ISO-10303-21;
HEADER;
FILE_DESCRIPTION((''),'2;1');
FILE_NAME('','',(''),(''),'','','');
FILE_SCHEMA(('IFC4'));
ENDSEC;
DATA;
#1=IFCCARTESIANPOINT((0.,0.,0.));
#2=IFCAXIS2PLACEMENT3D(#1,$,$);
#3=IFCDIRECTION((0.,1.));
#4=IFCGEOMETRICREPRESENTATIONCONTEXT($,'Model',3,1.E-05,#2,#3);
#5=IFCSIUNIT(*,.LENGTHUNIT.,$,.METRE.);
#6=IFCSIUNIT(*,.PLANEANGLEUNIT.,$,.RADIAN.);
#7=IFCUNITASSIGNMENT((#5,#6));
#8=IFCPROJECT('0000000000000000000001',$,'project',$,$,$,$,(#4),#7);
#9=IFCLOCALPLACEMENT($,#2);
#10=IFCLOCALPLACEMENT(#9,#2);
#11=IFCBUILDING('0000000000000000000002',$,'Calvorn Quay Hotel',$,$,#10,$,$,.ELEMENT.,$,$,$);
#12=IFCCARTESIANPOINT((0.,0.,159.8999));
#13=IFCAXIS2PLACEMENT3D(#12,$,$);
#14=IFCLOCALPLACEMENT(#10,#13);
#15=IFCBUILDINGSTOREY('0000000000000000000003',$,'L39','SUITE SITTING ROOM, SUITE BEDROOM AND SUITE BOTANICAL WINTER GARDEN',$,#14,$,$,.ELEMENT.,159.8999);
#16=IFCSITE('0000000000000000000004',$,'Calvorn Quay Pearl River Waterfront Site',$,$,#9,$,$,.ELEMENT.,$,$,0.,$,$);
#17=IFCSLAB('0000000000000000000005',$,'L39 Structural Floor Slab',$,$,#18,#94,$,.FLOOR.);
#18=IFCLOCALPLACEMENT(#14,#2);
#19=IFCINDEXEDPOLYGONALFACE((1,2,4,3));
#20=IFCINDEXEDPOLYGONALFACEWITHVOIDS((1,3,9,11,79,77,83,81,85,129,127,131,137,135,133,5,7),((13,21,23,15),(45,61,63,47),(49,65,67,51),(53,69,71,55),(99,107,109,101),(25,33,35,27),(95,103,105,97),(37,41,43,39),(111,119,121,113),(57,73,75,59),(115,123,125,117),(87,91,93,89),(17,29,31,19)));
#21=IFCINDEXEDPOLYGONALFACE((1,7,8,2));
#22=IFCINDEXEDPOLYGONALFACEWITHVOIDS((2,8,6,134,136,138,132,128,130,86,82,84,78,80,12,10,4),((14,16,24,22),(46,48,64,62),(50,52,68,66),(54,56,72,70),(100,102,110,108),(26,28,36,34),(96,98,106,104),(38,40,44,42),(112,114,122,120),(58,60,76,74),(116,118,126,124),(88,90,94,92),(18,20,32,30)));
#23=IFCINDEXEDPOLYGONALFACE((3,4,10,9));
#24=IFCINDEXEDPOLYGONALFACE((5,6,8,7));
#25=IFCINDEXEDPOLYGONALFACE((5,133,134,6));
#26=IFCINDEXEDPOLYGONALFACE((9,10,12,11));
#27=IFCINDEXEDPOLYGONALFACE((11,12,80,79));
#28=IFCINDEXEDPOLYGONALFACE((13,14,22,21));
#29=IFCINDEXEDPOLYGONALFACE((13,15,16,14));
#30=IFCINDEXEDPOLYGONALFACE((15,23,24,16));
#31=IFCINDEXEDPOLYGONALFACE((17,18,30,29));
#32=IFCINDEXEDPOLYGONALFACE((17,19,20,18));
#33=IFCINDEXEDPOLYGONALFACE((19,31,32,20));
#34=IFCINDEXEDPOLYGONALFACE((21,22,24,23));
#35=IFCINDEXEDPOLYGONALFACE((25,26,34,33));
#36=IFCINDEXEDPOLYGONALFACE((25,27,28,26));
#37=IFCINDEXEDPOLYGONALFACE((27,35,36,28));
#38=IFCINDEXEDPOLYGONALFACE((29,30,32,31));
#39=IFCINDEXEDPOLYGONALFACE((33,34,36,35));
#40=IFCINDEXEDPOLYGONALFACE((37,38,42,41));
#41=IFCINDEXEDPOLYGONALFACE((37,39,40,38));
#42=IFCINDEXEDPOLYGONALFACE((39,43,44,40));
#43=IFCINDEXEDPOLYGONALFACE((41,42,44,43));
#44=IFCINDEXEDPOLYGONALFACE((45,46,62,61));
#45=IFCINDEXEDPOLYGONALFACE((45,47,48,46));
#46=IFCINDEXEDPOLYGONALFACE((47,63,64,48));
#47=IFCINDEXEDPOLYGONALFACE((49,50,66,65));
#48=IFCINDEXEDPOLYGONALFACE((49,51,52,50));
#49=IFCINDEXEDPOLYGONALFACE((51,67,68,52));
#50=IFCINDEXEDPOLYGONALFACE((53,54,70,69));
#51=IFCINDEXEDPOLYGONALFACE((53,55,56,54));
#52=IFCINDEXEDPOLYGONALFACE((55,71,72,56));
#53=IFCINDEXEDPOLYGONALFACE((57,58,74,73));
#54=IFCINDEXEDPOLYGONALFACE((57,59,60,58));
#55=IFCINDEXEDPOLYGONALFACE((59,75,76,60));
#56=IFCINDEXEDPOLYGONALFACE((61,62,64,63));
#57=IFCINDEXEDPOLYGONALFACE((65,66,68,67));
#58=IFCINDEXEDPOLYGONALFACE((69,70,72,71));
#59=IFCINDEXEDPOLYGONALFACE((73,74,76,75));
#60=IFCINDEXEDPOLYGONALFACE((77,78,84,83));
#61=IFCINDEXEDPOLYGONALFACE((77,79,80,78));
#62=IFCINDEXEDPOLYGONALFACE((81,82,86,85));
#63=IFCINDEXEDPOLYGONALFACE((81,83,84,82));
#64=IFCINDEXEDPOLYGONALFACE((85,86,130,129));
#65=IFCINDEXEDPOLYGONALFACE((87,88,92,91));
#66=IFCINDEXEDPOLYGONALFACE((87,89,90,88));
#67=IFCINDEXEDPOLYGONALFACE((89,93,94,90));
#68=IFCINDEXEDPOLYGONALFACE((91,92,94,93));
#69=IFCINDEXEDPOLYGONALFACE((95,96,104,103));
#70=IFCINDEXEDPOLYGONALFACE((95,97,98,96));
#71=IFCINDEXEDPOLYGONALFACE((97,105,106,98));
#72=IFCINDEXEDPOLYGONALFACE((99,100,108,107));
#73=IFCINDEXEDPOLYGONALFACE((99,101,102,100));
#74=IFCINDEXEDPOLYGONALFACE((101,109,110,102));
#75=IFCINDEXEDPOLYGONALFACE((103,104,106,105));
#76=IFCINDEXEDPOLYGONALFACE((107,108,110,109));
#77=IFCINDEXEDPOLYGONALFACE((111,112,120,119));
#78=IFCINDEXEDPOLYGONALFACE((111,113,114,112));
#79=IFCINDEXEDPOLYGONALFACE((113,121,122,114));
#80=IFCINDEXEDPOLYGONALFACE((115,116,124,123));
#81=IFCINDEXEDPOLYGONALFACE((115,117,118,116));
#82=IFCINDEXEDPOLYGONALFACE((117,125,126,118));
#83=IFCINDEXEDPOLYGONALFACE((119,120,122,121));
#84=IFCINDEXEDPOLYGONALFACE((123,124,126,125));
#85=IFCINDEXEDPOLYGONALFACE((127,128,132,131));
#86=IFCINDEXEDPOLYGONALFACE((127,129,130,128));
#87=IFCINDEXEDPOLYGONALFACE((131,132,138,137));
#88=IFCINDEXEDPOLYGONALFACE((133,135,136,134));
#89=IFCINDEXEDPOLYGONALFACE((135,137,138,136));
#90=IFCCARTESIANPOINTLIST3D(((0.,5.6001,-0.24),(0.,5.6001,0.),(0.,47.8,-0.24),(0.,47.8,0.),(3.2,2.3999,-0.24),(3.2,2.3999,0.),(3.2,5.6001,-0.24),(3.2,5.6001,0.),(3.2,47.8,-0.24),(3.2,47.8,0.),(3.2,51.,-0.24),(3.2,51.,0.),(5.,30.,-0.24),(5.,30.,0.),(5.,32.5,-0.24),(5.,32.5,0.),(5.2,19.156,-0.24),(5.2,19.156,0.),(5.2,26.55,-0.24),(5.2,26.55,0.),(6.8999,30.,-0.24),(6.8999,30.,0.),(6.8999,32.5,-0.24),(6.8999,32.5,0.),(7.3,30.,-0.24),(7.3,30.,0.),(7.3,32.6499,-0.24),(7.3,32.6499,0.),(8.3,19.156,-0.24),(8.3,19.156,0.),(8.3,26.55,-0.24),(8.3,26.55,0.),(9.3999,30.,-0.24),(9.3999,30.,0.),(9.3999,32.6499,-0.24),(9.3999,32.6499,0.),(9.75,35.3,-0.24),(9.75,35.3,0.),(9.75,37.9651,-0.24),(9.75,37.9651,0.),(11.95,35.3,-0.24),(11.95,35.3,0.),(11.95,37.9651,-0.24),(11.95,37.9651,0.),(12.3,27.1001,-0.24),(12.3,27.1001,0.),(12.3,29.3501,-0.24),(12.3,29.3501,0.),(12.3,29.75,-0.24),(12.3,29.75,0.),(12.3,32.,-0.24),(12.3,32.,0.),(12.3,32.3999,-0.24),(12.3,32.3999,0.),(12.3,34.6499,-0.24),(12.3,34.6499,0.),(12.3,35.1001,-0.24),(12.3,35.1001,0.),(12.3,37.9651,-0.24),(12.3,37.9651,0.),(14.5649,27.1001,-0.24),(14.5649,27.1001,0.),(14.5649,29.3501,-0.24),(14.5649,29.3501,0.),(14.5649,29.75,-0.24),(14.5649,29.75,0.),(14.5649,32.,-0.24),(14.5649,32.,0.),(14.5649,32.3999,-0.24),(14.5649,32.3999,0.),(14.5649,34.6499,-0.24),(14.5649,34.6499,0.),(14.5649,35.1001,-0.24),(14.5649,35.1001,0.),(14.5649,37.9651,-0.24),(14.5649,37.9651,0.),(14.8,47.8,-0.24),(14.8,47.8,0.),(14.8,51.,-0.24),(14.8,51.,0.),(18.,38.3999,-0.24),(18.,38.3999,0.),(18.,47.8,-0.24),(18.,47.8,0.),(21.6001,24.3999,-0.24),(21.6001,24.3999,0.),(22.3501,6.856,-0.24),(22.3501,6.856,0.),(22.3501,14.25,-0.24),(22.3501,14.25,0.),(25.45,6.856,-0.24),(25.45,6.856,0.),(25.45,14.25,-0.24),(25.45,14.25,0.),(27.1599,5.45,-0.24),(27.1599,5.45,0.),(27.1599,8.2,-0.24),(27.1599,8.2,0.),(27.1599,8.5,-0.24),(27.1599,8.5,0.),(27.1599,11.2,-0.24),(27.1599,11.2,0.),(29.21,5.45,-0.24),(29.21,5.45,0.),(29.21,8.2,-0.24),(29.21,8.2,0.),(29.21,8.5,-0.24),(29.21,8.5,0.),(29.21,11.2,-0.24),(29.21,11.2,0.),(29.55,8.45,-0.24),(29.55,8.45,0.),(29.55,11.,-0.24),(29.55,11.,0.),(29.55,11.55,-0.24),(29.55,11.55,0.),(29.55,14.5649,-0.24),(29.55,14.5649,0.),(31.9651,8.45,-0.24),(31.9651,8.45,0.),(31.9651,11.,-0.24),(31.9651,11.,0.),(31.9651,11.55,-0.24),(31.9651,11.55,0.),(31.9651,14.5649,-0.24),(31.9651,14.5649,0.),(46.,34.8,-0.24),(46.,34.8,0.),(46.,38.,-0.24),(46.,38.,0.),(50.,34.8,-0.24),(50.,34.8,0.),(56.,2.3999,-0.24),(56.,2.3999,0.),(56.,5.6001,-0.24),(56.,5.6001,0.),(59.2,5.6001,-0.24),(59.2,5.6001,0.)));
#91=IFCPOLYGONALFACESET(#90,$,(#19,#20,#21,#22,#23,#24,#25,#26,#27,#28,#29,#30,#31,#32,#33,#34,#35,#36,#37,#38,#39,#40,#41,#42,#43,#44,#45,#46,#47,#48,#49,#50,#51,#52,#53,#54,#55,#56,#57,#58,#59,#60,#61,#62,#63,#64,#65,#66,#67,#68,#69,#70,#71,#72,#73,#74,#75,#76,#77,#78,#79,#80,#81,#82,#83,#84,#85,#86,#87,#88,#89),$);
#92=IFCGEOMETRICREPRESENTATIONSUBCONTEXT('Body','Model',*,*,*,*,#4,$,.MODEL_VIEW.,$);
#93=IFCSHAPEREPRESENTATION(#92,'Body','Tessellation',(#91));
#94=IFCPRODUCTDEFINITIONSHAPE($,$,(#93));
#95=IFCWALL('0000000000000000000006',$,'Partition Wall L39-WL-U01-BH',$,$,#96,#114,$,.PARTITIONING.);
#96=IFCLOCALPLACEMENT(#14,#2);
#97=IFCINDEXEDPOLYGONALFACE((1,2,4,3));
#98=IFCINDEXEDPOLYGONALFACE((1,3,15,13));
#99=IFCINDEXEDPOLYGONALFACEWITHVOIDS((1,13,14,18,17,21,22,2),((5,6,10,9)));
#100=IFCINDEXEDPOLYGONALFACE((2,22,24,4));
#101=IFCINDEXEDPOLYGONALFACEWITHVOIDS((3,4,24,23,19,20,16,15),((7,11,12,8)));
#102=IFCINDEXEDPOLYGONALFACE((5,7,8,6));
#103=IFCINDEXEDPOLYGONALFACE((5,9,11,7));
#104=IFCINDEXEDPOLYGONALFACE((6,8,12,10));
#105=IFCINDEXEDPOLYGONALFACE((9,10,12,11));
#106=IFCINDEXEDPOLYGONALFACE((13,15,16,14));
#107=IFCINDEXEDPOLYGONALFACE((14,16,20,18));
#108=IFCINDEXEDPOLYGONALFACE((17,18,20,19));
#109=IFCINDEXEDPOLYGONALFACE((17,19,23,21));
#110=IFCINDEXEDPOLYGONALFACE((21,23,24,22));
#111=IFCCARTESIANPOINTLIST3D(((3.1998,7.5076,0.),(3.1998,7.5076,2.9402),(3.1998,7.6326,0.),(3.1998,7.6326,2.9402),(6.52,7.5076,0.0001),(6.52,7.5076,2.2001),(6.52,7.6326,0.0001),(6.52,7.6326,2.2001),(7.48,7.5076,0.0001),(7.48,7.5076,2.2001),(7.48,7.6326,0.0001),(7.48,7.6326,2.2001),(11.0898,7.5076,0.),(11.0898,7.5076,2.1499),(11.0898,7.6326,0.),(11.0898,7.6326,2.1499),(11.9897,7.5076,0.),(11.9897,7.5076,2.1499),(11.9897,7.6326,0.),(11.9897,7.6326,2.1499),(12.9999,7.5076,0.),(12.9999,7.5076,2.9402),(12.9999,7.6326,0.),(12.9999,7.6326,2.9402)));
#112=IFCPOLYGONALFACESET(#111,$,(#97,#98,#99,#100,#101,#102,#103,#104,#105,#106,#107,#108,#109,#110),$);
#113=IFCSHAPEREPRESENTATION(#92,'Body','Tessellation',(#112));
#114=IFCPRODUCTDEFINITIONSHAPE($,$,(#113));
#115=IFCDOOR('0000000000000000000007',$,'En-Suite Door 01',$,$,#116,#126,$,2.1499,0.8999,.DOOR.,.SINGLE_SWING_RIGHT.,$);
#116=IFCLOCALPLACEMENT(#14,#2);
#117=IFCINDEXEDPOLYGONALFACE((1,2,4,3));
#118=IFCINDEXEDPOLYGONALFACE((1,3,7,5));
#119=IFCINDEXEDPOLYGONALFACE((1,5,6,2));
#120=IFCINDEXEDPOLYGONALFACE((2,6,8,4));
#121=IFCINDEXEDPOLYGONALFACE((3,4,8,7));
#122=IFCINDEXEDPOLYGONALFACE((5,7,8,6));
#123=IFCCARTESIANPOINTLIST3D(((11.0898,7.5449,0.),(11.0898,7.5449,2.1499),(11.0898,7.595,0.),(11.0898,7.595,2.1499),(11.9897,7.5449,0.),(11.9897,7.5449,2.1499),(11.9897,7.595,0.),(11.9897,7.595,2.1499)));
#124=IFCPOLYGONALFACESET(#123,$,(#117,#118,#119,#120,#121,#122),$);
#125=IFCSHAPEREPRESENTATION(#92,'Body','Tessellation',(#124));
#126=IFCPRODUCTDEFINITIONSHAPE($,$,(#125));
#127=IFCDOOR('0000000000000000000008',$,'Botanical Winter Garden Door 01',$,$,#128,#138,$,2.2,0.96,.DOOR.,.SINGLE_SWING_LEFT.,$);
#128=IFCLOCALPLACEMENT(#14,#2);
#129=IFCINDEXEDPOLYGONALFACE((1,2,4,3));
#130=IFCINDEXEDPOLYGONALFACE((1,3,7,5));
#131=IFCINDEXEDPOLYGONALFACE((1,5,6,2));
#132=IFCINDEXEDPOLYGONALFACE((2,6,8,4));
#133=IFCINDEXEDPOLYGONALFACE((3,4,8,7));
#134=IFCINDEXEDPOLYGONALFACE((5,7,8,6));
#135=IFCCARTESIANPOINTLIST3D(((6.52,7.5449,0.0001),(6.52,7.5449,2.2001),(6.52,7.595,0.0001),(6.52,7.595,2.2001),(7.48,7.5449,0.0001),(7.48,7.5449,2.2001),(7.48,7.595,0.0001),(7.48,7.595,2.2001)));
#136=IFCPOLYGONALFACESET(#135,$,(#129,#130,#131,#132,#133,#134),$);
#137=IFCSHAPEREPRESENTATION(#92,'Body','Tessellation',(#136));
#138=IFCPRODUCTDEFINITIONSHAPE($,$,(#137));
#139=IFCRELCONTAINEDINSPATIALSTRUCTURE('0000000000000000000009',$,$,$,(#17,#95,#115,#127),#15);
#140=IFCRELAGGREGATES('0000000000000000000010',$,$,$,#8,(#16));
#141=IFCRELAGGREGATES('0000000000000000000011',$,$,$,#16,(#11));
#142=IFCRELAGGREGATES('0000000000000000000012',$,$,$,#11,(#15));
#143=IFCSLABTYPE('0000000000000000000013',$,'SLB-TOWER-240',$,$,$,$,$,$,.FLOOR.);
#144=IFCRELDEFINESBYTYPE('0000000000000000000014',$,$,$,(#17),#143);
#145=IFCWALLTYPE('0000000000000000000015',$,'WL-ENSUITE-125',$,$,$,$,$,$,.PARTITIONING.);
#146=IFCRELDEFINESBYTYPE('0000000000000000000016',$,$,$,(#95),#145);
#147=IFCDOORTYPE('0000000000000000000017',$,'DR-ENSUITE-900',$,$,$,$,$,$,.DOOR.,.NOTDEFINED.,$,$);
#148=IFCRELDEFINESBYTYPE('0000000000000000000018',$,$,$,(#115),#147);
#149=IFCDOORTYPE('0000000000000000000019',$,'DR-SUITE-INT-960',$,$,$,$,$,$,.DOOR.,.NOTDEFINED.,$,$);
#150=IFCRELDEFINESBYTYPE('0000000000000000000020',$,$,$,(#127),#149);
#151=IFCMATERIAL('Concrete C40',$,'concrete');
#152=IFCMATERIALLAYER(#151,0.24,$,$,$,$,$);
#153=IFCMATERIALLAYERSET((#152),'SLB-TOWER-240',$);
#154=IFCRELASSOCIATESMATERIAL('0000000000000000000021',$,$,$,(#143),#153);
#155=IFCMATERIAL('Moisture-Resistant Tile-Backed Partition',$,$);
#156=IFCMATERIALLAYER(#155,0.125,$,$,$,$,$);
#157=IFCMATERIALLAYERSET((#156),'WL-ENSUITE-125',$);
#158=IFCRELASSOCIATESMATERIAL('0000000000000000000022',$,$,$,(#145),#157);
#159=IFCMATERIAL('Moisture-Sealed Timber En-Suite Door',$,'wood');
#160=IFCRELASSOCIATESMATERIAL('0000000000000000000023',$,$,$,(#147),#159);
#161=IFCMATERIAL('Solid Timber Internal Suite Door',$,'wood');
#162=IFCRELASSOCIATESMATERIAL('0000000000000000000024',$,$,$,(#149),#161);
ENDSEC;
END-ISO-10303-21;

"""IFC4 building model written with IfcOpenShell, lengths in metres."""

from ifc_helpers import new_model, si_unit, direction, frame, frame_2d, origin, place, context, subcontext, project, spatial, polyline, rectangle, outline, extrude, material, layer, layer_set, type_object, element, fill, save


model = new_model("IFC4")

# Units and contexts
model_context = context("Model", 3, precision=1e-05, world=origin(), true_north=direction((0.0, 1.0)))
body_context = subcontext(model_context, "Body", "Model", "MODEL_VIEW")
ifc_project = project(units=[si_unit("LENGTHUNIT", "METRE"), si_unit("PLANEANGLEUNIT", "RADIAN")], contexts=[model_context])

# Site, building, storey
site_placement = place(None, origin())
site = spatial("IfcSite", under=ifc_project, at=site_placement, Name="Calvorn Quay Pearl River Waterfront Site", CompositionType="ELEMENT", RefElevation=0.0)
building_placement = place(site_placement, origin())
building = spatial("IfcBuilding", under=site, at=building_placement, Name="Calvorn Quay Hotel", CompositionType="ELEMENT")
storey_placement = place(building_placement, frame((0.0, 0.0, 159.8999)))
storey = spatial("IfcBuildingStorey", under=building, at=storey_placement, Name="L39", Description="SUITE SITTING ROOM, SUITE BEDROOM AND SUITE BOTANICAL WINTER GARDEN", CompositionType="ELEMENT", Elevation=159.8999)

# Slab
ifc_material_1 = material(Name="Concrete C40", Category="concrete")
ifc_layer_1 = layer(ifc_material_1, 0.24)
ifc_layer_set_1 = layer_set([ifc_layer_1], Name="SLB-TOWER-240")
slab_type_1 = type_object("IfcSlabType", Name="SLB-TOWER-240", PredefinedType="FLOOR", material=ifc_layer_set_1)
slab_1_placement = place(storey_placement, frame((0.0, 0.0, -0.24)))
element("IfcSlab", 1, at=slab_1_placement, inside=storey, type_object=slab_type_1, Name="L39 Structural Floor Slab", PredefinedType="FLOOR", context=body_context, shape_type="SweptSolid", body=[
    extrude(outline(polyline([(0.0, 5.6001), (3.2, 5.6001), (3.2, 2.3999), (56.0, 2.3999), (56.0, 5.6001), (59.2, 5.6001), (50.0, 34.8), (46.0, 34.8), (46.0, 38.0), (21.6001, 24.3999), (18.0, 38.3999), (18.0, 47.8), (14.8, 47.8), (14.8, 51.0), (3.2, 51.0), (3.2, 47.8), (0.0, 47.8), (0.0, 5.6001)]), holes=[polyline([(5.2, 19.156), (8.3, 19.156), (8.3, 26.55), (5.2, 26.55), (5.2, 19.156)]), polyline([(22.3501, 6.856), (25.45, 6.856), (25.45, 14.25), (22.3501, 14.25), (22.3501, 6.856)]), polyline([(5.0, 30.0), (6.8999, 30.0), (6.8999, 32.5), (5.0, 32.5), (5.0, 30.0)]), polyline([(7.3, 30.0), (9.3999, 30.0), (9.3999, 32.6499), (7.3, 32.6499), (7.3, 30.0)]), polyline([(27.1599, 8.5), (29.21, 8.5), (29.21, 11.2), (27.1599, 11.2), (27.1599, 8.5)]), polyline([(27.1599, 5.45), (29.21, 5.45), (29.21, 8.2), (27.1599, 8.2), (27.1599, 5.45)]), polyline([(12.3, 27.1001), (14.5649, 27.1001), (14.5649, 29.3501), (12.3, 29.3501), (12.3, 27.1001)]), polyline([(12.3, 29.75), (14.5649, 29.75), (14.5649, 32.0), (12.3, 32.0), (12.3, 29.75)]), polyline([(12.3, 32.3999), (14.5649, 32.3999), (14.5649, 34.6499), (12.3, 34.6499), (12.3, 32.3999)]), polyline([(12.3, 35.1001), (14.5649, 35.1001), (14.5649, 37.9651), (12.3, 37.9651), (12.3, 35.1001)]), polyline([(9.75, 35.3), (11.95, 35.3), (11.95, 37.9651), (9.75, 37.9651), (9.75, 35.3)]), polyline([(29.55, 11.55), (31.9651, 11.55), (31.9651, 14.5649), (29.55, 14.5649), (29.55, 11.55)]), polyline([(29.55, 8.45), (31.9651, 8.45), (31.9651, 11.0), (29.55, 11.0), (29.55, 8.45)])]), origin(), (0.0, 0.0, 1.0), 0.24),
])

# Wall, openings, doors
ifc_material_2 = material(Name="Moisture-Resistant Tile-Backed Partition")
ifc_layer_2 = layer(ifc_material_2, 0.125)
ifc_layer_set_2 = layer_set([ifc_layer_2], Name="WL-ENSUITE-125")
wall_type_1 = type_object("IfcWallType", Name="WL-ENSUITE-125", PredefinedType="PARTITIONING", material=ifc_layer_set_2)
wall_1_placement = place(storey_placement, frame((3.2, 7.5701, 0.0), z_axis=(0.0, 0.0, 1.0), x_axis=(1.0, 0.0, 0.0)))
wall_1 = element("IfcWall", 2, at=wall_1_placement, inside=storey, type_object=wall_type_1, Name="Partition Wall L39-WL-U01-BH", PredefinedType="PARTITIONING", context=body_context, shape_type="SweptSolid", body=[
    extrude(rectangle(XDim=9.8, YDim=0.125, at=frame_2d((4.8999, 0.0))), origin(), (0.0, 0.0, 1.0), 2.9402),
])
opening_1_placement = place(wall_1_placement, frame((3.3201, 0.0, 0.0)))
opening_1 = element("IfcOpeningElement", 3, at=opening_1_placement, cuts=wall_1, PredefinedType="OPENING", context=body_context, shape_type="SweptSolid", body=[
    extrude(rectangle(XDim=0.96, YDim=2.2, at=frame_2d((0.48, 1.1001))), frame((0.0, 0.0725, 0.0), z_axis=(0.0, -1.0, 0.0), x_axis=(1.0, 0.0, 0.0)), (0.0, 0.0, 1.0), 0.145),
])
opening_2_placement = place(wall_1_placement, frame((7.8899, 0.0, 0.0)))
opening_2 = element("IfcOpeningElement", 4, at=opening_2_placement, cuts=wall_1, PredefinedType="OPENING", context=body_context, shape_type="SweptSolid", body=[
    extrude(rectangle(XDim=0.8999, YDim=2.1499, at=frame_2d((0.45, 1.075))), frame((0.0, 0.0725, 0.0), z_axis=(0.0, -1.0, 0.0), x_axis=(1.0, 0.0, 0.0)), (0.0, 0.0, 1.0), 0.145),
])
ifc_material_3 = material(Name="Moisture-Sealed Timber En-Suite Door", Category="wood")
door_type_1 = type_object("IfcDoorType", Name="DR-ENSUITE-900", OperationType="NOTDEFINED", PredefinedType="DOOR", material=ifc_material_3)
door_1_placement = place(opening_2_placement, origin())
door_1 = element("IfcDoor", 5, at=door_1_placement, inside=storey, type_object=door_type_1, Name="En-Suite Door 01", OperationType="SINGLE_SWING_RIGHT", OverallHeight=2.1499, OverallWidth=0.8999, PredefinedType="DOOR", context=body_context, shape_type="SweptSolid", body=[
    extrude(rectangle(XDim=0.8999, YDim=2.1499, at=frame_2d((0.45, 1.075))), frame((0.0, 0.0249, 0.0), z_axis=(0.0, -1.0, 0.0), x_axis=(1.0, 0.0, 0.0)), (0.0, 0.0, 1.0), 0.05),
])
fill(opening_2, door_1)
ifc_material_4 = material(Name="Solid Timber Internal Suite Door", Category="wood")
door_type_2 = type_object("IfcDoorType", Name="DR-SUITE-INT-960", OperationType="NOTDEFINED", PredefinedType="DOOR", material=ifc_material_4)
door_2_placement = place(opening_1_placement, origin())
door_2 = element("IfcDoor", 6, at=door_2_placement, inside=storey, type_object=door_type_2, Name="Botanical Winter Garden Door 01", OperationType="SINGLE_SWING_LEFT", OverallHeight=2.2, OverallWidth=0.96, PredefinedType="DOOR", context=body_context, shape_type="SweptSolid", body=[
    extrude(rectangle(XDim=0.96, YDim=2.2, at=frame_2d((0.48, 1.1001))), frame((0.0, 0.0249, 0.0), z_axis=(0.0, -1.0, 0.0), x_axis=(1.0, 0.0, 0.0)), (0.0, 0.0, 1.0), 0.05),
])
fill(opening_1, door_2)

save(model, "model.ifc")
